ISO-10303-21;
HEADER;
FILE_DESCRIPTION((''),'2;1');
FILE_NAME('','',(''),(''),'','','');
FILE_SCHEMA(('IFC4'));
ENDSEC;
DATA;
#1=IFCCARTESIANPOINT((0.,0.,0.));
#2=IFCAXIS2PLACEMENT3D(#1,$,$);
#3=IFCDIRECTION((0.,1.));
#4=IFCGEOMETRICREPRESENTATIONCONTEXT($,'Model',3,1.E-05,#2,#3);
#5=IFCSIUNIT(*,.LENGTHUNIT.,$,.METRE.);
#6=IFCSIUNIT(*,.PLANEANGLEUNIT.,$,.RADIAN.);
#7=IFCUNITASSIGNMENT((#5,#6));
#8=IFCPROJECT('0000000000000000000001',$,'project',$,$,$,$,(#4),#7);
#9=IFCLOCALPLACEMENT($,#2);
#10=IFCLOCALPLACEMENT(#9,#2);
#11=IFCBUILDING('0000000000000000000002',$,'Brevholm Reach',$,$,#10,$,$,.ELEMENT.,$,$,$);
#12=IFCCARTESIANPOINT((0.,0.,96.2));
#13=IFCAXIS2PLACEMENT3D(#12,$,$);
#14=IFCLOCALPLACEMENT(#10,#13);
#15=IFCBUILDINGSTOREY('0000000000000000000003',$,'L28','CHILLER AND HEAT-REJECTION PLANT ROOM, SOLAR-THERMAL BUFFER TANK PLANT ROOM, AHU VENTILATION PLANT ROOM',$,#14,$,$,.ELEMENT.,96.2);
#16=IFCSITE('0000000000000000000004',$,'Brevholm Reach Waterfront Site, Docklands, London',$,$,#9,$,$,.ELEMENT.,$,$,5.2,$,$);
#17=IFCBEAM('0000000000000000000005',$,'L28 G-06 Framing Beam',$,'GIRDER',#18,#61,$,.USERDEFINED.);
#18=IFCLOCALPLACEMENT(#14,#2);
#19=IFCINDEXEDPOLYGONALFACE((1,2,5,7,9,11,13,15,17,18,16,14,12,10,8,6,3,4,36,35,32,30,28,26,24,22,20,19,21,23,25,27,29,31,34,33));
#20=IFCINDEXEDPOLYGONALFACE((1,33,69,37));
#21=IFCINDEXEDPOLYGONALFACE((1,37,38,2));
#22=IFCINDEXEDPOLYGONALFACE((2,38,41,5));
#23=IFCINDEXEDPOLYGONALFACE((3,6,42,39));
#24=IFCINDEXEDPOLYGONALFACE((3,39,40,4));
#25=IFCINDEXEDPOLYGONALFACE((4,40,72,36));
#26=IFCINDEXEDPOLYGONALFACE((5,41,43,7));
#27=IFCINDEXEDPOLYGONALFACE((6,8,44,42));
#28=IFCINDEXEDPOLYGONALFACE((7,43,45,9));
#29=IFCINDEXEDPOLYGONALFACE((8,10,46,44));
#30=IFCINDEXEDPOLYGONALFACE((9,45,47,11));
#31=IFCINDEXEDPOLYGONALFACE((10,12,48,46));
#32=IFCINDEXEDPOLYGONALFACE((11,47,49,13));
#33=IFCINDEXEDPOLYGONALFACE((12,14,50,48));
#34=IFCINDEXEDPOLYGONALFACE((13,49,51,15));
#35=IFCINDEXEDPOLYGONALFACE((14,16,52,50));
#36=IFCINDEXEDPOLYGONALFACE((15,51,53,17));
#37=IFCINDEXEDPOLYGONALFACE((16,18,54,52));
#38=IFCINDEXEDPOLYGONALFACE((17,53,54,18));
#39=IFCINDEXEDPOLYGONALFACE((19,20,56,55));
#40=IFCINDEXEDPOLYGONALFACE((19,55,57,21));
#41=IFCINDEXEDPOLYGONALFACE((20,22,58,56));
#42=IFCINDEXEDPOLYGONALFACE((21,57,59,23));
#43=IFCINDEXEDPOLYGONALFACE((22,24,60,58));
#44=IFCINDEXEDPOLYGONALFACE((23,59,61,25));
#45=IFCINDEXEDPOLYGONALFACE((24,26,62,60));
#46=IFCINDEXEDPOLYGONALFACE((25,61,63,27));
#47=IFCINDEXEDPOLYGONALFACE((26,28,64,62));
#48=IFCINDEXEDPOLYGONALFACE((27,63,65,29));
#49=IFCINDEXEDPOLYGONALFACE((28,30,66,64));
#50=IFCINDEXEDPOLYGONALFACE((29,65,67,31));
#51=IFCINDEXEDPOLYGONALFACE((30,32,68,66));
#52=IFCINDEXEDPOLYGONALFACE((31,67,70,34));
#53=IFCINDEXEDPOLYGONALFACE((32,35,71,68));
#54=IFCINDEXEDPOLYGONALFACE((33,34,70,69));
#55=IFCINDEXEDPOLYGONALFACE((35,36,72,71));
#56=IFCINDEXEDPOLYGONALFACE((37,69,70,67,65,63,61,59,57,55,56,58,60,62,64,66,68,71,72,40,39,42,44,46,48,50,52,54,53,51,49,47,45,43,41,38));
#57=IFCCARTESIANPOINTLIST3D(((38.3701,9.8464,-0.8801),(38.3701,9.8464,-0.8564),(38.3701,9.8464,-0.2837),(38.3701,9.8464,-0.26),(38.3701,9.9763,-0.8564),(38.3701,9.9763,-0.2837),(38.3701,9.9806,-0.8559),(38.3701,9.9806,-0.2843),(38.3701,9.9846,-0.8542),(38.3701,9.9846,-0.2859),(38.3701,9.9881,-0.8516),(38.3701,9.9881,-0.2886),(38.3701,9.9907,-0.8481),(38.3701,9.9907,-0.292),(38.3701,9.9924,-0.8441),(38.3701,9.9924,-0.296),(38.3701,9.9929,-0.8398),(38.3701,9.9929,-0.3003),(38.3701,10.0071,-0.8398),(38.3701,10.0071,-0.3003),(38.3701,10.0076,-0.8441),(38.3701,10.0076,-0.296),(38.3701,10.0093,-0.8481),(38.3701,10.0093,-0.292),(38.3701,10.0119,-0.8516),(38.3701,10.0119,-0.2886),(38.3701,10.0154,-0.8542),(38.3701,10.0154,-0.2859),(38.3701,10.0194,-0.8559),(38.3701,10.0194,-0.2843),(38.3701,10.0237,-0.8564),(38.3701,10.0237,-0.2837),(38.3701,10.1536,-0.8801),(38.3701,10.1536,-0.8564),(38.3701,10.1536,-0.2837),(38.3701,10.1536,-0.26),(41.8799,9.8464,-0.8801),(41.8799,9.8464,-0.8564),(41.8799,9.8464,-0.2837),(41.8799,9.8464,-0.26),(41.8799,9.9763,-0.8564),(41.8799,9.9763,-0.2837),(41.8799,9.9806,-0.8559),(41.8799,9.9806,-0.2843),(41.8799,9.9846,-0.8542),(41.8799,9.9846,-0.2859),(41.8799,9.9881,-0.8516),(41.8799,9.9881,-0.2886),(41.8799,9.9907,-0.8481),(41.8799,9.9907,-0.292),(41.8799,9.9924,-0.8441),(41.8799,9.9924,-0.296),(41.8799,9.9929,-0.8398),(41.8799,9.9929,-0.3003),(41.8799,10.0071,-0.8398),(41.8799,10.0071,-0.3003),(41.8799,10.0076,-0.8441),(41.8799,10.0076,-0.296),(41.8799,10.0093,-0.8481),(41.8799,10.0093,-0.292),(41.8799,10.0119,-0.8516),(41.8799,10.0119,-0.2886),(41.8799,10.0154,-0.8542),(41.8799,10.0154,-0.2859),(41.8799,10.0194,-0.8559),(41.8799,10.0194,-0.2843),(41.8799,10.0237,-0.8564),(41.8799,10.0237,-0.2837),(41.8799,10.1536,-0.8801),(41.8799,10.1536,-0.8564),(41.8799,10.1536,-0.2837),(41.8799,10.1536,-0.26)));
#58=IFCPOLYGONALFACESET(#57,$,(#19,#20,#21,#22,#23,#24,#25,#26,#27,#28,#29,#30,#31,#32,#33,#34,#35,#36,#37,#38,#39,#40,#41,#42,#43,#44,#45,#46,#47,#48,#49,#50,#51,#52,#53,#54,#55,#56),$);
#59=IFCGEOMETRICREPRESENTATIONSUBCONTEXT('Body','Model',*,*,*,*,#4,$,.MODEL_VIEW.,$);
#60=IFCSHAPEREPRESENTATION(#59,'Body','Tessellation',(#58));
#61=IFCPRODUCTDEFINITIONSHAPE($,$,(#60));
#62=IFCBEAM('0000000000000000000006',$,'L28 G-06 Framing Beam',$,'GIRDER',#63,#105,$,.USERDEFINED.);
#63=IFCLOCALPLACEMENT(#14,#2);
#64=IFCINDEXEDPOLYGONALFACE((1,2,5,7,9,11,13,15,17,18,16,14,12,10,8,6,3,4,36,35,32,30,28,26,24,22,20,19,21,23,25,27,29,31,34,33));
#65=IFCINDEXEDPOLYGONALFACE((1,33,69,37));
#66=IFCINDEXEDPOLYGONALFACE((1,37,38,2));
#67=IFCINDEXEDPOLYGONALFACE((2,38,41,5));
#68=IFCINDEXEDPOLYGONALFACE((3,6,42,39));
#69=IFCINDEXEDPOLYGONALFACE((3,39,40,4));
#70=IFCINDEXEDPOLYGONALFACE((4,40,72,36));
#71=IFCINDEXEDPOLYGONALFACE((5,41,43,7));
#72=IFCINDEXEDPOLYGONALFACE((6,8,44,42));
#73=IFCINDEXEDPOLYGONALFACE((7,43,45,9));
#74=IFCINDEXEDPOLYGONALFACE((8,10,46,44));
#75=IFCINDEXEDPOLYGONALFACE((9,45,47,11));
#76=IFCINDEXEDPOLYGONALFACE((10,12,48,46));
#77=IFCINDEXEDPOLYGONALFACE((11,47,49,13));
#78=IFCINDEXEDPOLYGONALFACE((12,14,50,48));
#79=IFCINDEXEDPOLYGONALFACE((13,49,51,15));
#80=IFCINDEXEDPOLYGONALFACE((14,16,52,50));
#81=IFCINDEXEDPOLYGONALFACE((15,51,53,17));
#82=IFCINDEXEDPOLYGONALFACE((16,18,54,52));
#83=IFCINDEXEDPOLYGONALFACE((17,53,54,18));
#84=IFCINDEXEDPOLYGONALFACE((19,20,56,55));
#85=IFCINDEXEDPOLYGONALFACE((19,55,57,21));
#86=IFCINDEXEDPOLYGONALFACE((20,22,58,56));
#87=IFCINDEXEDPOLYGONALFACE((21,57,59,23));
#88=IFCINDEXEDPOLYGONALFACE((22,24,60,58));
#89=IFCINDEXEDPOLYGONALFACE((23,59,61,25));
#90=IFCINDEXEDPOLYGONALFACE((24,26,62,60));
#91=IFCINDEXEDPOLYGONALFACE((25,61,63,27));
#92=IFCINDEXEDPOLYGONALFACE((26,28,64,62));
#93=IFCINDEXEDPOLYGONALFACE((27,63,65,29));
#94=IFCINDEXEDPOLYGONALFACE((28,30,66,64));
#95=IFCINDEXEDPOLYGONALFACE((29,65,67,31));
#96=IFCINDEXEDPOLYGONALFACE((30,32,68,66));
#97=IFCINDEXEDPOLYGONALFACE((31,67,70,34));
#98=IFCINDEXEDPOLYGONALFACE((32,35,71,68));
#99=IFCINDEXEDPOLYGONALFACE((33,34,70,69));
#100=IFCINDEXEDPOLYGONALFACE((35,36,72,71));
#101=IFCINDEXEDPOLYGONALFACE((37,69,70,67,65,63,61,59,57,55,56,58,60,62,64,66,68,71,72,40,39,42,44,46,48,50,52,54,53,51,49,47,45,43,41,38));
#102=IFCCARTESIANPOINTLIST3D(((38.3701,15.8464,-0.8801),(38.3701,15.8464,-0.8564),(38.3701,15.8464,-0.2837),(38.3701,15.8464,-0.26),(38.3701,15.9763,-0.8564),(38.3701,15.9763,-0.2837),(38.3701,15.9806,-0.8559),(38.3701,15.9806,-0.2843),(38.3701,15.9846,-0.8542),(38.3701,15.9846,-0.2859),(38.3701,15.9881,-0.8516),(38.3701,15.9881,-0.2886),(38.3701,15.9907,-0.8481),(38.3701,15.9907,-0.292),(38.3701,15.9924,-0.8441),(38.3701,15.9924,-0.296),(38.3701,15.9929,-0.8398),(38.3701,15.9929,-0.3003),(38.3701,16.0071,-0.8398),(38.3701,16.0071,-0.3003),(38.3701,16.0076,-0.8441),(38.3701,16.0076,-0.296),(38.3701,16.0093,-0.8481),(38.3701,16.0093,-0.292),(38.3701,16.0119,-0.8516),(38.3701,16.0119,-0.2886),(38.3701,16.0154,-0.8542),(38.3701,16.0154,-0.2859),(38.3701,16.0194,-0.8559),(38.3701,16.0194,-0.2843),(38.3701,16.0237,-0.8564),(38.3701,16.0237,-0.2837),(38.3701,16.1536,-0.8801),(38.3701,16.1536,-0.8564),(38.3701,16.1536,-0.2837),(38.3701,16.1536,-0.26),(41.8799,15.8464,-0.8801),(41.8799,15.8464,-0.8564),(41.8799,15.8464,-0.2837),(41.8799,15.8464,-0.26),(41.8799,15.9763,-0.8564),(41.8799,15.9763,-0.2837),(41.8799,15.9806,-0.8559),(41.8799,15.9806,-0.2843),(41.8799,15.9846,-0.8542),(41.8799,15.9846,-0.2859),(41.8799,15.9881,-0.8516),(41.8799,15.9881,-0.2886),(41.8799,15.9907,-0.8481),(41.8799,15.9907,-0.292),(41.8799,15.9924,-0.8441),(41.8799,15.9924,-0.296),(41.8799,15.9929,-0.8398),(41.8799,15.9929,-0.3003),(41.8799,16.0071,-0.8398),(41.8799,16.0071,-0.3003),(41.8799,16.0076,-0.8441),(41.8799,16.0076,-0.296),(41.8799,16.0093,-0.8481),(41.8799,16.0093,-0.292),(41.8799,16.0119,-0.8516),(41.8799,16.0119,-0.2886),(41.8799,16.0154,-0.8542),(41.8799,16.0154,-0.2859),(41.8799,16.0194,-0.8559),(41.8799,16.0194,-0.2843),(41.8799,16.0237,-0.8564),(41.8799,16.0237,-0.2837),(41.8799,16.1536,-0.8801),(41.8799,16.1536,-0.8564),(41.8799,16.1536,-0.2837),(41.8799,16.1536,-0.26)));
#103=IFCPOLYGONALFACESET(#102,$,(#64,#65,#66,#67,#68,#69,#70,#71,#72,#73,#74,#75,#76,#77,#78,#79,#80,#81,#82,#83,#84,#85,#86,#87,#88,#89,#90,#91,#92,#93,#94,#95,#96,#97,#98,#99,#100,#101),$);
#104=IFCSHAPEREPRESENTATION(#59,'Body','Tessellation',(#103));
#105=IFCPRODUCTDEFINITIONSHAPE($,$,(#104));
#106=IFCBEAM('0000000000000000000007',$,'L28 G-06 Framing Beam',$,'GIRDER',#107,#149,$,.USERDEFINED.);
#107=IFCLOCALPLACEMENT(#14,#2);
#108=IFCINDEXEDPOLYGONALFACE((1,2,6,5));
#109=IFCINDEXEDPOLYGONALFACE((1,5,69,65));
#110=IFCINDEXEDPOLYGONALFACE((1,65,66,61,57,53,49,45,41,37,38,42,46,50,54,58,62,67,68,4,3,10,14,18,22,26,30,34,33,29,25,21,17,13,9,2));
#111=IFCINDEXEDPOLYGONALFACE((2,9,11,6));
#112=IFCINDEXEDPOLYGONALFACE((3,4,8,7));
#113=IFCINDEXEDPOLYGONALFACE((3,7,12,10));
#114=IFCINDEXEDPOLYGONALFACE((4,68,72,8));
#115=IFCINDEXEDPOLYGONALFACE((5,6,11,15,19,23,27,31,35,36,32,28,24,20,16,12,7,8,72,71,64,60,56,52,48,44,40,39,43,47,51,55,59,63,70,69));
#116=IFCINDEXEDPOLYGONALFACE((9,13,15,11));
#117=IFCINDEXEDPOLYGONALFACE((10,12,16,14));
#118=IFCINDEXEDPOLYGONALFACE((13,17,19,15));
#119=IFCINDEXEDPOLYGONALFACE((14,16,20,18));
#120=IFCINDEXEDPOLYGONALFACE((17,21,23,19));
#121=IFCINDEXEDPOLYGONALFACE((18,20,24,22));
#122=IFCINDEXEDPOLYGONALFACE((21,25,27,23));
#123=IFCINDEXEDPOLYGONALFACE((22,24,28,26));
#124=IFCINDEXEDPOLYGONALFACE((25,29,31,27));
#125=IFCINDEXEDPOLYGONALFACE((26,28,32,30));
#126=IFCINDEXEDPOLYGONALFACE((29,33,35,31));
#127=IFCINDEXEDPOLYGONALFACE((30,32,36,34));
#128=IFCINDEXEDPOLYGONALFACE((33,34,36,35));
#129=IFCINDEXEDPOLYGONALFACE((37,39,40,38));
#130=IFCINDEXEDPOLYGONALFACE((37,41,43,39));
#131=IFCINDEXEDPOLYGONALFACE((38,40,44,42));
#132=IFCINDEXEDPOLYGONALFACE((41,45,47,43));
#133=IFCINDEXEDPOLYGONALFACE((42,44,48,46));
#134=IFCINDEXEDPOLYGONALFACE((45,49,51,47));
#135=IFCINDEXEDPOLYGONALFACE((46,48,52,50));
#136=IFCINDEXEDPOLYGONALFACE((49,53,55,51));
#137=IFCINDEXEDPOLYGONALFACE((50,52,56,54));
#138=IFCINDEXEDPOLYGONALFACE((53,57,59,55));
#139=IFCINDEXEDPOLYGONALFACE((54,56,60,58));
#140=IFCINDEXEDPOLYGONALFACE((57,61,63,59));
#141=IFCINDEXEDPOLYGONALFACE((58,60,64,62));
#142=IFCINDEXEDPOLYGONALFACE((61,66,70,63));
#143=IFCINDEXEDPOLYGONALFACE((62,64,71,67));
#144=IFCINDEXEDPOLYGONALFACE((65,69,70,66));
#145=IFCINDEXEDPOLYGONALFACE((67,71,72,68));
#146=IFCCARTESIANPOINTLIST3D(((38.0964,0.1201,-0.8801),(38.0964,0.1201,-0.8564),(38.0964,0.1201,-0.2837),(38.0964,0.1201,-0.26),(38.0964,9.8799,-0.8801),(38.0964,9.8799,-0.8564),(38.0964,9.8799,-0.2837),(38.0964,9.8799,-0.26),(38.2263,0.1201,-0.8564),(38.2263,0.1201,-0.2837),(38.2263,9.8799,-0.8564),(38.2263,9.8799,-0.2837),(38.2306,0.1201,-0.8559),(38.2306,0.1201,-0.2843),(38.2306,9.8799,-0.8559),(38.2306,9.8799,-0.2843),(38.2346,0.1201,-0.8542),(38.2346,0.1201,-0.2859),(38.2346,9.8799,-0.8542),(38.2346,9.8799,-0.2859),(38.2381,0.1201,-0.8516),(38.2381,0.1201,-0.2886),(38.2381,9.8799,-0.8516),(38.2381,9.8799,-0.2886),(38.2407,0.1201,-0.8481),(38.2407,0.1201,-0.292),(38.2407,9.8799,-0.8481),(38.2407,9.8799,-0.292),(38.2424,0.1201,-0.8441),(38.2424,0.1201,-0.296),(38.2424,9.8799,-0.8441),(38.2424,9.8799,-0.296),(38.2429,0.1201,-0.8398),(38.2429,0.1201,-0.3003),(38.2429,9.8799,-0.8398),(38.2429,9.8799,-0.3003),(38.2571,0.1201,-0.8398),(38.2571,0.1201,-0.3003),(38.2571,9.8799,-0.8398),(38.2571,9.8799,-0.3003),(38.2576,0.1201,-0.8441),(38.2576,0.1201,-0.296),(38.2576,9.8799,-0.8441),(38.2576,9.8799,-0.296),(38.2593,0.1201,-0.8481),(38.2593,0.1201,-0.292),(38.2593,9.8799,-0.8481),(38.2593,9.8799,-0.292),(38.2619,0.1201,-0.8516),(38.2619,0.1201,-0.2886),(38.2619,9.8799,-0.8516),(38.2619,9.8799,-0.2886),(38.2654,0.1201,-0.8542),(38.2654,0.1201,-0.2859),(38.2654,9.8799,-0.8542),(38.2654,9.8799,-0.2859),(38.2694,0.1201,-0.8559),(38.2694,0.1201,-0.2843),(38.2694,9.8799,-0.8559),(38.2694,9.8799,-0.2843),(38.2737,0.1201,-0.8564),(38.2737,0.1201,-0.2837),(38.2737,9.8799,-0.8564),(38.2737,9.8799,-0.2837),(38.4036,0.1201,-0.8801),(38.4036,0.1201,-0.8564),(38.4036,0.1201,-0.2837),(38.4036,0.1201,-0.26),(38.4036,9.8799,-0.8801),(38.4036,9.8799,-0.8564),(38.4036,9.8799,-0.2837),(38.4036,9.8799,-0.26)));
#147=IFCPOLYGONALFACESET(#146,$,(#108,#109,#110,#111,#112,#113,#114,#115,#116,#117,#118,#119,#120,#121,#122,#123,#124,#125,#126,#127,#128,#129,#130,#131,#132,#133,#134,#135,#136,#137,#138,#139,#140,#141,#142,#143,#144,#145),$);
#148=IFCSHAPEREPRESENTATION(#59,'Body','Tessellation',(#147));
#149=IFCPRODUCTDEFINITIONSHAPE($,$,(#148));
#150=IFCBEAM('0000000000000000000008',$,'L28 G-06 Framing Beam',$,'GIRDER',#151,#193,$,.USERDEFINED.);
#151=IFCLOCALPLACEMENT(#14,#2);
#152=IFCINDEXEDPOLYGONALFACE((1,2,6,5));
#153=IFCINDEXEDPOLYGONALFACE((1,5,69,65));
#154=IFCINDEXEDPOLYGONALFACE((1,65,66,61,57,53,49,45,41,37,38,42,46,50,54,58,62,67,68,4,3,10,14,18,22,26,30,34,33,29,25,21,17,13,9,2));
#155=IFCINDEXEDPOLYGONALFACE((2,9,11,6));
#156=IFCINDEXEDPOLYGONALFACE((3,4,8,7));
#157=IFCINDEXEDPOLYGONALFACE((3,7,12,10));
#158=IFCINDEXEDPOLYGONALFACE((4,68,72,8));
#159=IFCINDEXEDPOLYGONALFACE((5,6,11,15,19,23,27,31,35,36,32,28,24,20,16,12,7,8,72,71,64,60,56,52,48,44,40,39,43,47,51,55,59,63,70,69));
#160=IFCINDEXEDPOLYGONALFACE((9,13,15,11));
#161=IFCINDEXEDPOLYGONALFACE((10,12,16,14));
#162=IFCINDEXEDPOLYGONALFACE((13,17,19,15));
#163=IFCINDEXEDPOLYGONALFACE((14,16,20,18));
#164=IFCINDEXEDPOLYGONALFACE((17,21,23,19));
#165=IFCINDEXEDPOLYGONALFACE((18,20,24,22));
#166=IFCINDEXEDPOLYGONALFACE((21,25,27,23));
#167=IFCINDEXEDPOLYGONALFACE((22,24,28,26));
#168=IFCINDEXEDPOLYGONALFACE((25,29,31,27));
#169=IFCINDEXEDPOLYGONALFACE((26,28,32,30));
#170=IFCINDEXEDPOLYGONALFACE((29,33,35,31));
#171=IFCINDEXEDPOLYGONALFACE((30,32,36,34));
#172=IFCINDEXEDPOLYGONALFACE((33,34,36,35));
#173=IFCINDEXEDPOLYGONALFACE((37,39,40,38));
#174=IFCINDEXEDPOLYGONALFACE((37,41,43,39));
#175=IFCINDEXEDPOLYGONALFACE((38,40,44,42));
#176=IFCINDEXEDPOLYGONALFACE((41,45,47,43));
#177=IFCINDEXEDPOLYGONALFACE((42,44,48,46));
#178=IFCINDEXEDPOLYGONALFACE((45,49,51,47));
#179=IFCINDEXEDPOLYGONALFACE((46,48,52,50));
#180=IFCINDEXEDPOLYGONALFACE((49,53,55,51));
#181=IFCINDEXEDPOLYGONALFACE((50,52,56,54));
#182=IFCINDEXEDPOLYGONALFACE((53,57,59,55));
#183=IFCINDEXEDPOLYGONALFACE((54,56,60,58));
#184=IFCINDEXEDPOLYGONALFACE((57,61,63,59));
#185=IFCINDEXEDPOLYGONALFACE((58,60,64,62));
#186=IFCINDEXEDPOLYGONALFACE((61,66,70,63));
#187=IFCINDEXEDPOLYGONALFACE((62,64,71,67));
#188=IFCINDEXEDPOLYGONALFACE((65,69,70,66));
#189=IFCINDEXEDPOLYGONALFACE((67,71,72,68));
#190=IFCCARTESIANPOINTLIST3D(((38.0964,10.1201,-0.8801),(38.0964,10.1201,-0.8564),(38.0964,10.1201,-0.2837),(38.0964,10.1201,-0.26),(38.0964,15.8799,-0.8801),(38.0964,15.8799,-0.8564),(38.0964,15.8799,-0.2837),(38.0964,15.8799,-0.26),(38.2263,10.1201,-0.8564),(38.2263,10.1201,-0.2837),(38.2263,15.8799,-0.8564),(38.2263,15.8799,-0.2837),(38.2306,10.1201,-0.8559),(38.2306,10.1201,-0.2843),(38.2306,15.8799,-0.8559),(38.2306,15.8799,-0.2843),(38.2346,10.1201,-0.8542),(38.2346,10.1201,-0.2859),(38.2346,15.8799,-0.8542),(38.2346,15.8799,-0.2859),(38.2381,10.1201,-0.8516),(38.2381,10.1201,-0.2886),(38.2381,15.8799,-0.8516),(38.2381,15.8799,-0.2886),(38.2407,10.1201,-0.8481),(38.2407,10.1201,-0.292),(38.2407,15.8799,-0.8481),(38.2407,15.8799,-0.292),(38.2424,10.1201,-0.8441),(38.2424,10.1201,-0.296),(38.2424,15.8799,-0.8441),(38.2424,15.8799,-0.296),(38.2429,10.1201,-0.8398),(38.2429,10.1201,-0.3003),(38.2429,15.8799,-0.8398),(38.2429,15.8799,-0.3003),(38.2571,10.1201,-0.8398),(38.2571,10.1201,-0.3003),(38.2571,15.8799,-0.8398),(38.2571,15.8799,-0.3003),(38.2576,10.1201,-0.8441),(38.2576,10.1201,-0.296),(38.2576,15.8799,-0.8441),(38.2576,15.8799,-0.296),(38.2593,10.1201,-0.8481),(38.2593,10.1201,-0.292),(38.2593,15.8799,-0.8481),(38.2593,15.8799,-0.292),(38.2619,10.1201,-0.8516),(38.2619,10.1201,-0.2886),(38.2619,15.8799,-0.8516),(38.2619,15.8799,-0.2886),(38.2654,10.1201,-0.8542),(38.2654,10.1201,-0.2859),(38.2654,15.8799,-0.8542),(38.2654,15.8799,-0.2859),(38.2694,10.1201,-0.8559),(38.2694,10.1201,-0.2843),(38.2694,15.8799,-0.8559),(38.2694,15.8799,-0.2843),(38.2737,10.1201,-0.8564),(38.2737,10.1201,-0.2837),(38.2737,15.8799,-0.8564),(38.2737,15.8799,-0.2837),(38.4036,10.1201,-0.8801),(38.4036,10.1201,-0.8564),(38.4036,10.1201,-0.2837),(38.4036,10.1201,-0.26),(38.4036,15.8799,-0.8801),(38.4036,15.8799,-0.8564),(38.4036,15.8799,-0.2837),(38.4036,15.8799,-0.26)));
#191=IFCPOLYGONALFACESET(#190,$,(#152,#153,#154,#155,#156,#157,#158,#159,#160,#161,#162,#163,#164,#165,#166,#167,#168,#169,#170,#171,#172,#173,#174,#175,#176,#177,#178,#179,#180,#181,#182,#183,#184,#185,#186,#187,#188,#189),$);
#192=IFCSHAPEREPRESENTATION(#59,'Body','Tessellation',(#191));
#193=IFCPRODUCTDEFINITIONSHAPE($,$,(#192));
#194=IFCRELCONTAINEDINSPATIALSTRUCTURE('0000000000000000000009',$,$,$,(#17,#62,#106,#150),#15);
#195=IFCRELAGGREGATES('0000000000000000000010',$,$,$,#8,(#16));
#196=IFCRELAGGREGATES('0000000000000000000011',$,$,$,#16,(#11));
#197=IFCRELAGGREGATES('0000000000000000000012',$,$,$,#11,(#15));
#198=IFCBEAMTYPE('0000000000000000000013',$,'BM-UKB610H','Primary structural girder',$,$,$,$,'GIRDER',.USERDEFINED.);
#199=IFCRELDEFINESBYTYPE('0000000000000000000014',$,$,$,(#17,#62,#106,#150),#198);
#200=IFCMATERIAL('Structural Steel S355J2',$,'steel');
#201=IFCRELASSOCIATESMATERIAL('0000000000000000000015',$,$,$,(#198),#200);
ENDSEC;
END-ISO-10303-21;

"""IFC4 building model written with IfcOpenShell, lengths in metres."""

from ifc_helpers import new_model, si_unit, direction, frame, origin, origin_2d, place, context, subcontext, project, spatial, i_section, extrude, material, material_profile, profile_set, type_object, element, save


model = new_model("IFC4")

# Units and contexts
model_context = context("Model", 3, precision=1e-05, world=origin(), true_north=direction((0.0, 1.0)))
body_context = subcontext(model_context, "Body", "Model", "MODEL_VIEW")
ifc_project = project(units=[si_unit("LENGTHUNIT", "METRE"), si_unit("PLANEANGLEUNIT", "RADIAN")], contexts=[model_context])

# Site, building, storey
site_placement = place(None, origin())
site = spatial("IfcSite", under=ifc_project, at=site_placement, Name="Brevholm Reach Waterfront Site, Docklands, London", CompositionType="ELEMENT", RefElevation=5.2)
building_placement = place(site_placement, origin())
building = spatial("IfcBuilding", under=site, at=building_placement, Name="Brevholm Reach", CompositionType="ELEMENT")
storey_placement = place(building_placement, frame((0.0, 0.0, 96.2)))
storey = spatial("IfcBuildingStorey", under=building, at=storey_placement, Name="L28", Description="CHILLER AND HEAT-REJECTION PLANT ROOM, SOLAR-THERMAL BUFFER TANK PLANT ROOM, AHU VENTILATION PLANT ROOM", CompositionType="ELEMENT", Elevation=96.2)

# Beams
ifc_material_1 = material(Name="Structural Steel S355J2", Category="steel")
ifc_material_profile_1 = material_profile(ifc_material_1, i_section(OverallWidth=0.3071, OverallDepth=0.6201, WebThickness=0.0142, FlangeThickness=0.0237, FilletRadius=0.0166, at=origin_2d()), Name="UKB 610x305x179")
ifc_profile_set_1 = profile_set([ifc_material_profile_1], Name="Structural Steel S355J2")
beam_type_1 = type_object("IfcBeamType", Name="BM-UKB610H", Description="Primary structural girder", ElementType="GIRDER", PredefinedType="USERDEFINED", material=ifc_profile_set_1)
for number, where, z_axis, x_axis, name in (
    (1, (38.3701, 10.0, -0.5701), (1.0, 0.0, 0.0), (0.0, 1.0, 0.0), "L28 G-06 Framing Beam"),
    (2, (38.3701, 16.0, -0.5701), (1.0, 0.0, 0.0), (0.0, 1.0, 0.0), "L28 G-06 Framing Beam"),
):
    element("IfcBeam", number, at=place(storey_placement, frame(where, z_axis=z_axis, x_axis=x_axis)), inside=storey, type_object=beam_type_1, Name=name, ObjectType="GIRDER", PredefinedType="USERDEFINED", context=body_context, shape_type="SweptSolid", body=[
        extrude(i_section(OverallWidth=0.3071, OverallDepth=0.6201, WebThickness=0.0142, FlangeThickness=0.0237, FilletRadius=0.0166, at=origin_2d()), origin(), (0.0, 0.0, 1.0), 3.5098),
    ])
beam_1_placement = place(storey_placement, frame((38.25, 0.1201, -0.5701), z_axis=(0.0, 1.0, 0.0), x_axis=(-1.0, 0.0, 0.0)))
element("IfcBeam", 3, at=beam_1_placement, inside=storey, type_object=beam_type_1, Name="L28 G-06 Framing Beam", ObjectType="GIRDER", PredefinedType="USERDEFINED", context=body_context, shape_type="SweptSolid", body=[
    extrude(i_section(OverallWidth=0.3071, OverallDepth=0.6201, WebThickness=0.0142, FlangeThickness=0.0237, FilletRadius=0.0166, at=origin_2d()), origin(), (0.0, 0.0, 1.0), 9.7598),
])
beam_2_placement = place(storey_placement, frame((38.25, 10.1201, -0.5701), z_axis=(0.0, 1.0, 0.0), x_axis=(-1.0, 0.0, 0.0)))
element("IfcBeam", 4, at=beam_2_placement, inside=storey, type_object=beam_type_1, Name="L28 G-06 Framing Beam", ObjectType="GIRDER", PredefinedType="USERDEFINED", context=body_context, shape_type="SweptSolid", body=[
    extrude(i_section(OverallWidth=0.3071, OverallDepth=0.6201, WebThickness=0.0142, FlangeThickness=0.0237, FilletRadius=0.0166, at=origin_2d()), origin(), (0.0, 0.0, 1.0), 5.7598),
])

save(model, "model.ifc")
